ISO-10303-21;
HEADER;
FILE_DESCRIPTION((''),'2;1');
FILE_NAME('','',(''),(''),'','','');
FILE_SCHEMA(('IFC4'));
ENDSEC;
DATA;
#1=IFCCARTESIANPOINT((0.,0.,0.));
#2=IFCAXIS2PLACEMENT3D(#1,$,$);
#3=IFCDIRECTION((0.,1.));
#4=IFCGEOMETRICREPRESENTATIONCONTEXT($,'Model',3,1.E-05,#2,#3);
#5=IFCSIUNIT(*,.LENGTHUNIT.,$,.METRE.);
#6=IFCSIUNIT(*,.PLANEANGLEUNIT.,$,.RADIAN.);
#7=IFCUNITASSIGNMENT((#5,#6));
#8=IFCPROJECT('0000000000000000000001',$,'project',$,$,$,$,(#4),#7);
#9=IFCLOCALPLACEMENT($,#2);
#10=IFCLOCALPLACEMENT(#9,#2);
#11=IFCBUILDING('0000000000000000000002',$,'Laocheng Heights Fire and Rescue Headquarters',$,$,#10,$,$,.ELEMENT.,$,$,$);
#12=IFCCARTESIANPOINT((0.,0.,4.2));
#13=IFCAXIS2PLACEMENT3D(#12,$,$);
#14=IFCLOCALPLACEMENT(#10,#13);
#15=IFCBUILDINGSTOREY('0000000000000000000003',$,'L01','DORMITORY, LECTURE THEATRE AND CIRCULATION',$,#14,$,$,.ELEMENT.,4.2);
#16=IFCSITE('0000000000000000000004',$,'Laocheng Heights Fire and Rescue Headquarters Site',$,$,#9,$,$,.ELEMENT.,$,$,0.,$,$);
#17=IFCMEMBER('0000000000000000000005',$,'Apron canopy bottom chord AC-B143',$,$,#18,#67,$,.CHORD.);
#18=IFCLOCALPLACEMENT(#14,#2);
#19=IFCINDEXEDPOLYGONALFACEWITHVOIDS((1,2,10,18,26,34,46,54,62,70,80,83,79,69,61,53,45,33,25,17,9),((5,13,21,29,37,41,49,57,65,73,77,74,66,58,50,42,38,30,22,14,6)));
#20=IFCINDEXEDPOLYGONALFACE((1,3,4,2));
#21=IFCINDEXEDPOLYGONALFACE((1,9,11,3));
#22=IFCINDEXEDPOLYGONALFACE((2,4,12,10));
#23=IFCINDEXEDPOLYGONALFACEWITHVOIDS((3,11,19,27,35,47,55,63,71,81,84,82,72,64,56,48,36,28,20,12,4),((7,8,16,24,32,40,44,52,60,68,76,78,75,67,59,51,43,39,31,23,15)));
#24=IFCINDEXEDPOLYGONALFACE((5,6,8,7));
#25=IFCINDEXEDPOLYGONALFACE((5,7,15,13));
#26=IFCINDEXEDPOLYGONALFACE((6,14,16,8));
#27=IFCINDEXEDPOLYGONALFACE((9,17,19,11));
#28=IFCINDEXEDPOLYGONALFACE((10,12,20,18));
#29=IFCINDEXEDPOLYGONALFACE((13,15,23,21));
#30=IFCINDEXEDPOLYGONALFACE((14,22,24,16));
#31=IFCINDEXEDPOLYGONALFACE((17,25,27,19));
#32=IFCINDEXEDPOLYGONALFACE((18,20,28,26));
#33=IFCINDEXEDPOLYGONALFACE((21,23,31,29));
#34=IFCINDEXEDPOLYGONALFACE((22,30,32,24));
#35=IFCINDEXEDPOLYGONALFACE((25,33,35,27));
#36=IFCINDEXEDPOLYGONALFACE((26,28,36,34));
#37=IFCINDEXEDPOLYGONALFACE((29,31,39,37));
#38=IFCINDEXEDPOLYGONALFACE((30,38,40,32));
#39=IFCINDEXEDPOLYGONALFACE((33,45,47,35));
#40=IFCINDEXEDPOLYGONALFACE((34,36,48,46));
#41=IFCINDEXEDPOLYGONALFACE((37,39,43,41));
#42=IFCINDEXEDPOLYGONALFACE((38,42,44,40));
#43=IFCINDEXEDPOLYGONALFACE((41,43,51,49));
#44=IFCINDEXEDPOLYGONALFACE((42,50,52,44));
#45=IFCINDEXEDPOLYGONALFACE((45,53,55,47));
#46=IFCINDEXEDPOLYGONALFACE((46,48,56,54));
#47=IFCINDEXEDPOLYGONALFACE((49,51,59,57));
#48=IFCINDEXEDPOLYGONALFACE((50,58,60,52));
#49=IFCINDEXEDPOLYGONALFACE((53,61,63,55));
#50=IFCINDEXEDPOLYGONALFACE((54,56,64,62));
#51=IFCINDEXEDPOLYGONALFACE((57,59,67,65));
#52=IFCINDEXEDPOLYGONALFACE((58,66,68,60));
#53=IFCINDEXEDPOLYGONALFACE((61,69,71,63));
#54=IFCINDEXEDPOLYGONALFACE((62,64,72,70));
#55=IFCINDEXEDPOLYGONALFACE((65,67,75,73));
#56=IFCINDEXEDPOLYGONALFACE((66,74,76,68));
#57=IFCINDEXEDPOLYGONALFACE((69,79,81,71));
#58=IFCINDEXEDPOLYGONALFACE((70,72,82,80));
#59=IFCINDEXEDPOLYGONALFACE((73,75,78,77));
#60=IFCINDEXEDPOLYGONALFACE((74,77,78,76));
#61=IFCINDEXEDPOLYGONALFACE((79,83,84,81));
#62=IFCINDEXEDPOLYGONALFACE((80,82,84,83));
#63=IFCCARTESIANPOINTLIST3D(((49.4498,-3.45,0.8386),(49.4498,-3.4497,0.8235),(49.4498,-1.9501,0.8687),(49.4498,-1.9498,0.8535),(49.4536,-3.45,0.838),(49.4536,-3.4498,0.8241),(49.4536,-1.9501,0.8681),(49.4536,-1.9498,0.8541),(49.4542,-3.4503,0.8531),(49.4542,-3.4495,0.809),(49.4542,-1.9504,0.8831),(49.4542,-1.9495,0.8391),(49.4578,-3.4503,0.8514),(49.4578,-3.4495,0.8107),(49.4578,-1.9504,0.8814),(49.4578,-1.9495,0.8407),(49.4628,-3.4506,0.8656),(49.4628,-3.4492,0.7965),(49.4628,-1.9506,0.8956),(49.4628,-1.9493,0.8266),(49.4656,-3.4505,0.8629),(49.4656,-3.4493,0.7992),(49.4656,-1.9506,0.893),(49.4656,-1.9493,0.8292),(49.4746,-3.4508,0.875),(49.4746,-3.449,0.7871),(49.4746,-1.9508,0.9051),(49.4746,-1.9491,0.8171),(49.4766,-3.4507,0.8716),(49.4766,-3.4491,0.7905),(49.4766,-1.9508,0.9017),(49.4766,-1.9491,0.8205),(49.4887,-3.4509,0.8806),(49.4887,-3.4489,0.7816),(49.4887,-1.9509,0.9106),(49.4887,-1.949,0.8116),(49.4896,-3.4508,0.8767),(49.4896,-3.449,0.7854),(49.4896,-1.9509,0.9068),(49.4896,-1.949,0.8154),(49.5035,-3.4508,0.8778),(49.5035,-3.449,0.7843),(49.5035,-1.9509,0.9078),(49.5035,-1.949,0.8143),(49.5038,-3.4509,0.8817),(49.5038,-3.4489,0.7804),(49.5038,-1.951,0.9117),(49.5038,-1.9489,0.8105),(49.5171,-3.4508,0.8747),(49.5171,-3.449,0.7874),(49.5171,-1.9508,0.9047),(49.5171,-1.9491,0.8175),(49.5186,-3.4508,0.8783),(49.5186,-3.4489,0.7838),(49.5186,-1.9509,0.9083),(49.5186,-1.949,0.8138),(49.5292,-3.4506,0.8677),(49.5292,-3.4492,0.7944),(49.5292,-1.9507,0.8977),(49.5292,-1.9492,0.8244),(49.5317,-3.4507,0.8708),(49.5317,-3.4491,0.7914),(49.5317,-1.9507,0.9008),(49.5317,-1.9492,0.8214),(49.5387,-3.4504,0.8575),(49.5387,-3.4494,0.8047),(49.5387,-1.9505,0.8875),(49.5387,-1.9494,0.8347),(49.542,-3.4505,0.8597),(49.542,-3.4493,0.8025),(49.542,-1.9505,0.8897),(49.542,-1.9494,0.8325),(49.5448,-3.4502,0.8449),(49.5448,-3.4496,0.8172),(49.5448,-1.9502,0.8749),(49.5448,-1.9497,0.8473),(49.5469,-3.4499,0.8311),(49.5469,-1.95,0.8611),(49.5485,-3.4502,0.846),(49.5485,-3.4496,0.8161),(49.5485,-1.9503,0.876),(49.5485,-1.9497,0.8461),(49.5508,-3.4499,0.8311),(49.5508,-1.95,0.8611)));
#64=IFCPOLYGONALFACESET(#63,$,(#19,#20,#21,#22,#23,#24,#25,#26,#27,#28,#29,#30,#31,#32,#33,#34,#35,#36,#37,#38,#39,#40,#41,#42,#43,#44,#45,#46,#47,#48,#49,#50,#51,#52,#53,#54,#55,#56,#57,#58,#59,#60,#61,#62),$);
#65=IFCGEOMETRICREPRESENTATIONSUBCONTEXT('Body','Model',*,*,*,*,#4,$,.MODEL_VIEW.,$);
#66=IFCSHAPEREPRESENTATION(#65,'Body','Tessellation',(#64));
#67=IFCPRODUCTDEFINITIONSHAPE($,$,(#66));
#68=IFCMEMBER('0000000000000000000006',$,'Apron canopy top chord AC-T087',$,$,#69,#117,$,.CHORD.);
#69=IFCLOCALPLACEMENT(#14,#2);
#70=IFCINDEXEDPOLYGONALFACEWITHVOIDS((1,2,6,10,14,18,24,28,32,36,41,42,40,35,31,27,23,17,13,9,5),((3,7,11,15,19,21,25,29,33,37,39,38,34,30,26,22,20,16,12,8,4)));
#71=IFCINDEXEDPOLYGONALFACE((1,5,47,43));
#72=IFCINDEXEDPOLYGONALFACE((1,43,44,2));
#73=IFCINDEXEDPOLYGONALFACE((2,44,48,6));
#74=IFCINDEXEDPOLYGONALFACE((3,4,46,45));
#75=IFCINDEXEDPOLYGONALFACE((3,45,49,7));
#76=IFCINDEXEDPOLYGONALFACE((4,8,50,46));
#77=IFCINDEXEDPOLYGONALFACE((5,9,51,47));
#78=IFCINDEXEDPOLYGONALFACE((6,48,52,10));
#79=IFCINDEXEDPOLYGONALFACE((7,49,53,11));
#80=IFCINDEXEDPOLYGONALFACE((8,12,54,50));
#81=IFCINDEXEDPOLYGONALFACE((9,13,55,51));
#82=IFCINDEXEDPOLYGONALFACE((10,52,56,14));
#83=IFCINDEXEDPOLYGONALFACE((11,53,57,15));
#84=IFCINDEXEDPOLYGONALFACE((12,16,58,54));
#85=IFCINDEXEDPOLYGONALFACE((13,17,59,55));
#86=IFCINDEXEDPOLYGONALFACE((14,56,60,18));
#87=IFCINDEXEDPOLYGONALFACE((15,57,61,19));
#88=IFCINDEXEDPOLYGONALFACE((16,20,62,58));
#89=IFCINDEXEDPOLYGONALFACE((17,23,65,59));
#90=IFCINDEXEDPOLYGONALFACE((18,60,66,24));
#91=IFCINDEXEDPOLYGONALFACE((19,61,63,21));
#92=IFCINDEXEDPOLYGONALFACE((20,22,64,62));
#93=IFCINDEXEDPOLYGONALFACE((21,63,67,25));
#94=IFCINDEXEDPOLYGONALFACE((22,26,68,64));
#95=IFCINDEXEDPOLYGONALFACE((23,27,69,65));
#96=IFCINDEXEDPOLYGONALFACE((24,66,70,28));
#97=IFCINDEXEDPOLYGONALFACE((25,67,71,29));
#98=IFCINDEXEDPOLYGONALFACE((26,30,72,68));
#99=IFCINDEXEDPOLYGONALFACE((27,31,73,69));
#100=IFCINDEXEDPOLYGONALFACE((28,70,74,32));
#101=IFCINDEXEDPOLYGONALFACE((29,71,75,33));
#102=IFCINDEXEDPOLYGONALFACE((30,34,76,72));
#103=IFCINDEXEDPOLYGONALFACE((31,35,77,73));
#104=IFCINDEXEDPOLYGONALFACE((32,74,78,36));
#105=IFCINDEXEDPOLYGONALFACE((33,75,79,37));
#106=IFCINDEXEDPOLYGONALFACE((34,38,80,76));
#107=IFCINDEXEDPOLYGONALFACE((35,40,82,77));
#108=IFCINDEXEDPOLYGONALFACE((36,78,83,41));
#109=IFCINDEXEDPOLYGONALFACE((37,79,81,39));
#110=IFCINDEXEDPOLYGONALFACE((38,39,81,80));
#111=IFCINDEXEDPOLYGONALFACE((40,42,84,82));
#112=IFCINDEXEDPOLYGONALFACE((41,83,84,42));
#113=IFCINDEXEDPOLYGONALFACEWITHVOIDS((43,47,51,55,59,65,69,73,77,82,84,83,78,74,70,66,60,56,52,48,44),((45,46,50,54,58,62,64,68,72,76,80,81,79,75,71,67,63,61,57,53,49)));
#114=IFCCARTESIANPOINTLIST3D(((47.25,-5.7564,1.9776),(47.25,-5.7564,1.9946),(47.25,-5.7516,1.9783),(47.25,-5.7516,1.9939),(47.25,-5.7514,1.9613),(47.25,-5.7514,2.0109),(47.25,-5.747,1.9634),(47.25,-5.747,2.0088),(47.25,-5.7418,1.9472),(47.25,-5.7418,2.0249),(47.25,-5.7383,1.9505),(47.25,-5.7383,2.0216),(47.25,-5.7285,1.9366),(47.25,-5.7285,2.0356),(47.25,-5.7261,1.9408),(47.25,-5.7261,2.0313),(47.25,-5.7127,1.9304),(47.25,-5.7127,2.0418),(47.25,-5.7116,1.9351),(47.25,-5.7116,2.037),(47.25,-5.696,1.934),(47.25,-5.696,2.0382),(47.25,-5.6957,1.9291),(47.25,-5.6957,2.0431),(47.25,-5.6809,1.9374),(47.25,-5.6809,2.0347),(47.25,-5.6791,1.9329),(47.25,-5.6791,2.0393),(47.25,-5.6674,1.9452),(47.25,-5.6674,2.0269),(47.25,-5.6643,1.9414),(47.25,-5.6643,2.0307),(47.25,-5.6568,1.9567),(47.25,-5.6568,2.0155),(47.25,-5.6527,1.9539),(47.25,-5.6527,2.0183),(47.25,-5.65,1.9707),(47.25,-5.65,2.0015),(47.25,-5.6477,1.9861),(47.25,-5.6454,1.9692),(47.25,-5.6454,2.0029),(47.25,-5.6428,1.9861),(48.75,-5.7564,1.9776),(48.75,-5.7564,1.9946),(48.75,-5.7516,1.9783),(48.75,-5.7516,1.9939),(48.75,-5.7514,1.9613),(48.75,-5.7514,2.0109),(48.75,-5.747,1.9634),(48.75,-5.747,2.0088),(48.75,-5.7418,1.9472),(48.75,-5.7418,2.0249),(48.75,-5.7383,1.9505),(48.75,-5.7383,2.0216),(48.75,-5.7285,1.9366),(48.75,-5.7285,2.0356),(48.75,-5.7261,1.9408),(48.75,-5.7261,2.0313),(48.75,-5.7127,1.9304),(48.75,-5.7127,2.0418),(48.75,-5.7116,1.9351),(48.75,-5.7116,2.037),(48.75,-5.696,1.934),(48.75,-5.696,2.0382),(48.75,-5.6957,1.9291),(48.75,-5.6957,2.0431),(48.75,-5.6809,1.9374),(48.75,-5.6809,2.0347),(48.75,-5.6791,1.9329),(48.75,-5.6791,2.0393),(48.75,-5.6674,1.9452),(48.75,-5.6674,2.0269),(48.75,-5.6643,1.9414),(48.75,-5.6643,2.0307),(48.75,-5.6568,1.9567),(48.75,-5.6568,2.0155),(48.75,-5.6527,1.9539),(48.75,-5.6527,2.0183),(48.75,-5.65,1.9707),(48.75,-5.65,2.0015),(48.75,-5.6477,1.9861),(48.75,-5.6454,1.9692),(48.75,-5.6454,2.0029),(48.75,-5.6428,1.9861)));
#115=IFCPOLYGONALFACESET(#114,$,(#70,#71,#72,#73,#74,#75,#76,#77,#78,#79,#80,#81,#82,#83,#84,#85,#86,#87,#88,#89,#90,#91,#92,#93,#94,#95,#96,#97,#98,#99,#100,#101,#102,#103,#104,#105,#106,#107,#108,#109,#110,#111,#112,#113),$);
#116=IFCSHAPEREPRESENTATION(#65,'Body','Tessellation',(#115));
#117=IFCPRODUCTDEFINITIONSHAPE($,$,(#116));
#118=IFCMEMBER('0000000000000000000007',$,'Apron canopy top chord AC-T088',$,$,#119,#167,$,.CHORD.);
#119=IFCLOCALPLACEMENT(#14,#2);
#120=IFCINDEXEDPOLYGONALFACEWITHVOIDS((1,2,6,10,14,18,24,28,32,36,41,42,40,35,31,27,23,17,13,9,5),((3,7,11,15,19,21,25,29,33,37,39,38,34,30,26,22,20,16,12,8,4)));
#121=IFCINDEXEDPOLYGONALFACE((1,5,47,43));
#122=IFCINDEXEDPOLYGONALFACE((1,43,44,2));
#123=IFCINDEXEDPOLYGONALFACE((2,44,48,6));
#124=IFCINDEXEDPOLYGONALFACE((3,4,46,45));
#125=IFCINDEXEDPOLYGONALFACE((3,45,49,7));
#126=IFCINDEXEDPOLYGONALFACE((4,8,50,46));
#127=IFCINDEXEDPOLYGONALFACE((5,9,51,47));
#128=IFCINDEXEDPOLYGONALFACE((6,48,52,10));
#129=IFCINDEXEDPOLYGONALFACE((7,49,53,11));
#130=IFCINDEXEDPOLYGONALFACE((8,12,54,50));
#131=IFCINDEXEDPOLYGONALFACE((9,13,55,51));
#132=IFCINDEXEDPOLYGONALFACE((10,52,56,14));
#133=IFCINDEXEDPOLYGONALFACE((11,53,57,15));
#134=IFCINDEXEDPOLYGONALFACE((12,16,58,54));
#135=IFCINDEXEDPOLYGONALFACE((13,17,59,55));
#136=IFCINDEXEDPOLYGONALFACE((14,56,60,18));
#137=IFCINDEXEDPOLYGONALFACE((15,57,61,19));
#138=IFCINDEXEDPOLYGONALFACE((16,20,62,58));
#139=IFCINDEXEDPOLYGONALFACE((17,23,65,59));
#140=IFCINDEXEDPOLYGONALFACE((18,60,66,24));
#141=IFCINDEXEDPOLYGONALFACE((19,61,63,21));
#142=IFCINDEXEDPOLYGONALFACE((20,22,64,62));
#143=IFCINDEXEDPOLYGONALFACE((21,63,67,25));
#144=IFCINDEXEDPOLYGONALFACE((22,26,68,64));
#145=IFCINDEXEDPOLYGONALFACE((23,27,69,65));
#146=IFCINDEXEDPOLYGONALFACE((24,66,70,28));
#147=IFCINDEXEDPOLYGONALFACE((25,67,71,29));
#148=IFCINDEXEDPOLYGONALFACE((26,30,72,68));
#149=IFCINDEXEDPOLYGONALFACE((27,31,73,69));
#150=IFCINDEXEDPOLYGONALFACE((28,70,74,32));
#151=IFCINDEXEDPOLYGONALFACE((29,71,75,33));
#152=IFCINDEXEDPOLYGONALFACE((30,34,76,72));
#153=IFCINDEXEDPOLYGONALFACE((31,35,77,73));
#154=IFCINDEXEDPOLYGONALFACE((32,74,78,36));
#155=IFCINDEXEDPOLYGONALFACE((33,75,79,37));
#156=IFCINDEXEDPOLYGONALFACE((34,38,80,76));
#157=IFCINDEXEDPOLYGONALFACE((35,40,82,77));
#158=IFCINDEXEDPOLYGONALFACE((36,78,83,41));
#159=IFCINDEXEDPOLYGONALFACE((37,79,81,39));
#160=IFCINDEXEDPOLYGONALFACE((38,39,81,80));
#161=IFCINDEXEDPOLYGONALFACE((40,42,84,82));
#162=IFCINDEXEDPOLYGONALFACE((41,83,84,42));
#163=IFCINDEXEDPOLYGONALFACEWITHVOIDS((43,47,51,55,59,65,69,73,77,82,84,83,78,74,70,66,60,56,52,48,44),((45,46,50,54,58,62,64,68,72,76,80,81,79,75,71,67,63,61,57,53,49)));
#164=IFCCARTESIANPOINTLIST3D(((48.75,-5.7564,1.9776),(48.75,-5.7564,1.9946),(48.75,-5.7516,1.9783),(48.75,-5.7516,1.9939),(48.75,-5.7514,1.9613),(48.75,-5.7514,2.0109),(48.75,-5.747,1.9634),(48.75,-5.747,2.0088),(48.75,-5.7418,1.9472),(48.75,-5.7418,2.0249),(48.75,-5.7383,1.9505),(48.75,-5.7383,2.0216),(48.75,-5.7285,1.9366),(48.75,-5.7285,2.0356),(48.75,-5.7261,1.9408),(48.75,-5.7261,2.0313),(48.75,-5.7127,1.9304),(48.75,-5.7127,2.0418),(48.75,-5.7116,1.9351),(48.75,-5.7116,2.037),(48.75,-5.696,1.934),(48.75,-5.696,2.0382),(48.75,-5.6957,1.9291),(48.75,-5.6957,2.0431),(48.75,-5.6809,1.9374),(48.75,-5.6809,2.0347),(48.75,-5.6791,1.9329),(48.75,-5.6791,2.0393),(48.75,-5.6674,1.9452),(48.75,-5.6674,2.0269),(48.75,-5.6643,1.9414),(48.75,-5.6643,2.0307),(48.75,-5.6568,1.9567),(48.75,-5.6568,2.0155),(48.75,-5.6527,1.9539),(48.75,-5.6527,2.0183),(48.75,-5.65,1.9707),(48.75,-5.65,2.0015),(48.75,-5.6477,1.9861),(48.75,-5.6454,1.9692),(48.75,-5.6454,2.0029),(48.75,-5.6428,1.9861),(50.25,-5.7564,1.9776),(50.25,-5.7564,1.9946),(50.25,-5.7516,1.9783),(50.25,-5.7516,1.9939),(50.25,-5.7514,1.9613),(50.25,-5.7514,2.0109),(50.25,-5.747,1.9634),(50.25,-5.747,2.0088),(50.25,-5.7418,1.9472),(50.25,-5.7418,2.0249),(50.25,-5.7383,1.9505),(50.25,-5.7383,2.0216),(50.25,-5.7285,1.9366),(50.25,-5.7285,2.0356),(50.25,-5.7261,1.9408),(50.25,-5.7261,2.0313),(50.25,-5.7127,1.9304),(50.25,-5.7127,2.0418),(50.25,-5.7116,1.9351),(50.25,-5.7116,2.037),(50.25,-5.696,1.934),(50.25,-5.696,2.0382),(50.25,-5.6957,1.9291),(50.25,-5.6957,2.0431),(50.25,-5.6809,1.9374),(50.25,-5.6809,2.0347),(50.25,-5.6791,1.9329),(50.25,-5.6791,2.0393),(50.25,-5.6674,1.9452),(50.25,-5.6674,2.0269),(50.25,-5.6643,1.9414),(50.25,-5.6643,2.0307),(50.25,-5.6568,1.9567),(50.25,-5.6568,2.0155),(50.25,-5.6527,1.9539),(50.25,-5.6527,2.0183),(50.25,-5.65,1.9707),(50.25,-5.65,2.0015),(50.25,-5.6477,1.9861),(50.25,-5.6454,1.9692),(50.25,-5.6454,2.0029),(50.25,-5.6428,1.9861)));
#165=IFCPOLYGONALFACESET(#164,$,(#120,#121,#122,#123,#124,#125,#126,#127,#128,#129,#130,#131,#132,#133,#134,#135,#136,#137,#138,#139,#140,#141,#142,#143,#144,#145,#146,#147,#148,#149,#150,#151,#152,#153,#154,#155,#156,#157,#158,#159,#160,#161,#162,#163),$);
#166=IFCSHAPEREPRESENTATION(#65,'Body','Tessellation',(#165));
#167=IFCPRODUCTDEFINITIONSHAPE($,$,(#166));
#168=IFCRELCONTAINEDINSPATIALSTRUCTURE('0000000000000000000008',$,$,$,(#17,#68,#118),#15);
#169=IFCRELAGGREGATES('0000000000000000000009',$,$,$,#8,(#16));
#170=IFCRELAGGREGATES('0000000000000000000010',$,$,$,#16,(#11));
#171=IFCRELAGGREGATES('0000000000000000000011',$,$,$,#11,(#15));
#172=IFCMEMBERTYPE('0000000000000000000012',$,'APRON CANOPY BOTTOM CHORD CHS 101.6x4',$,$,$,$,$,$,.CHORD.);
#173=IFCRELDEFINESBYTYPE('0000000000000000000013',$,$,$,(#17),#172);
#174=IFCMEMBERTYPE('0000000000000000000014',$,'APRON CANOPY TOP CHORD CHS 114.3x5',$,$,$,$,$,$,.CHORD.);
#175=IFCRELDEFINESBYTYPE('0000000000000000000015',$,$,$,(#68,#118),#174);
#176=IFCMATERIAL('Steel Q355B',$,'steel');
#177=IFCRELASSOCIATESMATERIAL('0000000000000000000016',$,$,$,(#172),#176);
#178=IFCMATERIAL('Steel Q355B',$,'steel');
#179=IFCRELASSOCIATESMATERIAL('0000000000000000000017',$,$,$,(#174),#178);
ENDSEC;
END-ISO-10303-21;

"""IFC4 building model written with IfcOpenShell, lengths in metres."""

from ifc_helpers import new_model, si_unit, direction, frame, origin, origin_2d, place, context, subcontext, project, spatial, hollow_circle, extrude, material, material_profile, profile_set, type_object, element, save


model = new_model("IFC4")

# Units and contexts
model_context = context("Model", 3, precision=1e-05, world=origin(), true_north=direction((0.0, 1.0)))
body_context = subcontext(model_context, "Body", "Model", "MODEL_VIEW")
ifc_project = project(units=[si_unit("LENGTHUNIT", "METRE"), si_unit("PLANEANGLEUNIT", "RADIAN")], contexts=[model_context])

# Site, building, storey
site_placement = place(None, origin())
site = spatial("IfcSite", under=ifc_project, at=site_placement, Name="Laocheng Heights Fire and Rescue Headquarters Site", CompositionType="ELEMENT", RefElevation=0.0)
building_placement = place(site_placement, origin())
building = spatial("IfcBuilding", under=site, at=building_placement, Name="Laocheng Heights Fire and Rescue Headquarters", CompositionType="ELEMENT")
storey_placement = place(building_placement, frame((0.0, 0.0, 4.2)))
storey = spatial("IfcBuildingStorey", under=building, at=storey_placement, Name="L01", Description="DORMITORY, LECTURE THEATRE AND CIRCULATION", CompositionType="ELEMENT", Elevation=4.2)

# Members
ifc_material_1 = material(Name="Steel Q355B", Category="steel")
ifc_material_profile_1 = material_profile(ifc_material_1, hollow_circle(Radius=0.0508, WallThickness=0.0039, at=origin_2d()), Name="CHS 101.6x4")
ifc_profile_set_1 = profile_set([ifc_material_profile_1], Name="Steel Q355B")
member_type_1 = type_object("IfcMemberType", Name="APRON CANOPY BOTTOM CHORD CHS 101.6x4", PredefinedType="CHORD", material=ifc_profile_set_1)
for number, where, z_axis, x_axis, name in (
    (1, (49.5, -1.95, 0.8611), (0.0, -0.9998, -0.020016), (1.0, 0.0, 0.0), "Apron canopy bottom chord AC-B143"),
):
    element("IfcMember", number, at=place(storey_placement, frame(where, z_axis=z_axis, x_axis=x_axis)), inside=storey, type_object=member_type_1, Name=name, PredefinedType="CHORD", context=body_context, shape_type="SweptSolid", body=[
        extrude(hollow_circle(Radius=0.0508, WallThickness=0.0039, at=origin_2d()), origin(), (0.0, 0.0, 1.0), 1.5002),
    ])
ifc_material_2 = material(Name="Steel Q355B", Category="steel")
ifc_material_profile_2 = material_profile(ifc_material_2, hollow_circle(Radius=0.0571, WallThickness=0.0049, at=origin_2d()), Name="CHS 114.3x5")
ifc_profile_set_2 = profile_set([ifc_material_profile_2], Name="Steel Q355B")
member_type_2 = type_object("IfcMemberType", Name="APRON CANOPY TOP CHORD CHS 114.3x5", PredefinedType="CHORD", material=ifc_profile_set_2)
for number, where, z_axis, x_axis, name in (
    (2, (47.25, -5.7, 1.9861), (1.0, 0.0, 0.0), (0.0, 1.0, 0.0), "Apron canopy top chord AC-T087"),
    (3, (48.75, -5.7, 1.9861), (1.0, 0.0, 0.0), (0.0, 1.0, 0.0), "Apron canopy top chord AC-T088"),
):
    element("IfcMember", number, at=place(storey_placement, frame(where, z_axis=z_axis, x_axis=x_axis)), inside=storey, type_object=member_type_2, Name=name, PredefinedType="CHORD", context=body_context, shape_type="SweptSolid", body=[
        extrude(hollow_circle(Radius=0.0571, WallThickness=0.0049, at=origin_2d()), origin(), (0.0, 0.0, 1.0), 1.5),
    ])

save(model, "model.ifc")
